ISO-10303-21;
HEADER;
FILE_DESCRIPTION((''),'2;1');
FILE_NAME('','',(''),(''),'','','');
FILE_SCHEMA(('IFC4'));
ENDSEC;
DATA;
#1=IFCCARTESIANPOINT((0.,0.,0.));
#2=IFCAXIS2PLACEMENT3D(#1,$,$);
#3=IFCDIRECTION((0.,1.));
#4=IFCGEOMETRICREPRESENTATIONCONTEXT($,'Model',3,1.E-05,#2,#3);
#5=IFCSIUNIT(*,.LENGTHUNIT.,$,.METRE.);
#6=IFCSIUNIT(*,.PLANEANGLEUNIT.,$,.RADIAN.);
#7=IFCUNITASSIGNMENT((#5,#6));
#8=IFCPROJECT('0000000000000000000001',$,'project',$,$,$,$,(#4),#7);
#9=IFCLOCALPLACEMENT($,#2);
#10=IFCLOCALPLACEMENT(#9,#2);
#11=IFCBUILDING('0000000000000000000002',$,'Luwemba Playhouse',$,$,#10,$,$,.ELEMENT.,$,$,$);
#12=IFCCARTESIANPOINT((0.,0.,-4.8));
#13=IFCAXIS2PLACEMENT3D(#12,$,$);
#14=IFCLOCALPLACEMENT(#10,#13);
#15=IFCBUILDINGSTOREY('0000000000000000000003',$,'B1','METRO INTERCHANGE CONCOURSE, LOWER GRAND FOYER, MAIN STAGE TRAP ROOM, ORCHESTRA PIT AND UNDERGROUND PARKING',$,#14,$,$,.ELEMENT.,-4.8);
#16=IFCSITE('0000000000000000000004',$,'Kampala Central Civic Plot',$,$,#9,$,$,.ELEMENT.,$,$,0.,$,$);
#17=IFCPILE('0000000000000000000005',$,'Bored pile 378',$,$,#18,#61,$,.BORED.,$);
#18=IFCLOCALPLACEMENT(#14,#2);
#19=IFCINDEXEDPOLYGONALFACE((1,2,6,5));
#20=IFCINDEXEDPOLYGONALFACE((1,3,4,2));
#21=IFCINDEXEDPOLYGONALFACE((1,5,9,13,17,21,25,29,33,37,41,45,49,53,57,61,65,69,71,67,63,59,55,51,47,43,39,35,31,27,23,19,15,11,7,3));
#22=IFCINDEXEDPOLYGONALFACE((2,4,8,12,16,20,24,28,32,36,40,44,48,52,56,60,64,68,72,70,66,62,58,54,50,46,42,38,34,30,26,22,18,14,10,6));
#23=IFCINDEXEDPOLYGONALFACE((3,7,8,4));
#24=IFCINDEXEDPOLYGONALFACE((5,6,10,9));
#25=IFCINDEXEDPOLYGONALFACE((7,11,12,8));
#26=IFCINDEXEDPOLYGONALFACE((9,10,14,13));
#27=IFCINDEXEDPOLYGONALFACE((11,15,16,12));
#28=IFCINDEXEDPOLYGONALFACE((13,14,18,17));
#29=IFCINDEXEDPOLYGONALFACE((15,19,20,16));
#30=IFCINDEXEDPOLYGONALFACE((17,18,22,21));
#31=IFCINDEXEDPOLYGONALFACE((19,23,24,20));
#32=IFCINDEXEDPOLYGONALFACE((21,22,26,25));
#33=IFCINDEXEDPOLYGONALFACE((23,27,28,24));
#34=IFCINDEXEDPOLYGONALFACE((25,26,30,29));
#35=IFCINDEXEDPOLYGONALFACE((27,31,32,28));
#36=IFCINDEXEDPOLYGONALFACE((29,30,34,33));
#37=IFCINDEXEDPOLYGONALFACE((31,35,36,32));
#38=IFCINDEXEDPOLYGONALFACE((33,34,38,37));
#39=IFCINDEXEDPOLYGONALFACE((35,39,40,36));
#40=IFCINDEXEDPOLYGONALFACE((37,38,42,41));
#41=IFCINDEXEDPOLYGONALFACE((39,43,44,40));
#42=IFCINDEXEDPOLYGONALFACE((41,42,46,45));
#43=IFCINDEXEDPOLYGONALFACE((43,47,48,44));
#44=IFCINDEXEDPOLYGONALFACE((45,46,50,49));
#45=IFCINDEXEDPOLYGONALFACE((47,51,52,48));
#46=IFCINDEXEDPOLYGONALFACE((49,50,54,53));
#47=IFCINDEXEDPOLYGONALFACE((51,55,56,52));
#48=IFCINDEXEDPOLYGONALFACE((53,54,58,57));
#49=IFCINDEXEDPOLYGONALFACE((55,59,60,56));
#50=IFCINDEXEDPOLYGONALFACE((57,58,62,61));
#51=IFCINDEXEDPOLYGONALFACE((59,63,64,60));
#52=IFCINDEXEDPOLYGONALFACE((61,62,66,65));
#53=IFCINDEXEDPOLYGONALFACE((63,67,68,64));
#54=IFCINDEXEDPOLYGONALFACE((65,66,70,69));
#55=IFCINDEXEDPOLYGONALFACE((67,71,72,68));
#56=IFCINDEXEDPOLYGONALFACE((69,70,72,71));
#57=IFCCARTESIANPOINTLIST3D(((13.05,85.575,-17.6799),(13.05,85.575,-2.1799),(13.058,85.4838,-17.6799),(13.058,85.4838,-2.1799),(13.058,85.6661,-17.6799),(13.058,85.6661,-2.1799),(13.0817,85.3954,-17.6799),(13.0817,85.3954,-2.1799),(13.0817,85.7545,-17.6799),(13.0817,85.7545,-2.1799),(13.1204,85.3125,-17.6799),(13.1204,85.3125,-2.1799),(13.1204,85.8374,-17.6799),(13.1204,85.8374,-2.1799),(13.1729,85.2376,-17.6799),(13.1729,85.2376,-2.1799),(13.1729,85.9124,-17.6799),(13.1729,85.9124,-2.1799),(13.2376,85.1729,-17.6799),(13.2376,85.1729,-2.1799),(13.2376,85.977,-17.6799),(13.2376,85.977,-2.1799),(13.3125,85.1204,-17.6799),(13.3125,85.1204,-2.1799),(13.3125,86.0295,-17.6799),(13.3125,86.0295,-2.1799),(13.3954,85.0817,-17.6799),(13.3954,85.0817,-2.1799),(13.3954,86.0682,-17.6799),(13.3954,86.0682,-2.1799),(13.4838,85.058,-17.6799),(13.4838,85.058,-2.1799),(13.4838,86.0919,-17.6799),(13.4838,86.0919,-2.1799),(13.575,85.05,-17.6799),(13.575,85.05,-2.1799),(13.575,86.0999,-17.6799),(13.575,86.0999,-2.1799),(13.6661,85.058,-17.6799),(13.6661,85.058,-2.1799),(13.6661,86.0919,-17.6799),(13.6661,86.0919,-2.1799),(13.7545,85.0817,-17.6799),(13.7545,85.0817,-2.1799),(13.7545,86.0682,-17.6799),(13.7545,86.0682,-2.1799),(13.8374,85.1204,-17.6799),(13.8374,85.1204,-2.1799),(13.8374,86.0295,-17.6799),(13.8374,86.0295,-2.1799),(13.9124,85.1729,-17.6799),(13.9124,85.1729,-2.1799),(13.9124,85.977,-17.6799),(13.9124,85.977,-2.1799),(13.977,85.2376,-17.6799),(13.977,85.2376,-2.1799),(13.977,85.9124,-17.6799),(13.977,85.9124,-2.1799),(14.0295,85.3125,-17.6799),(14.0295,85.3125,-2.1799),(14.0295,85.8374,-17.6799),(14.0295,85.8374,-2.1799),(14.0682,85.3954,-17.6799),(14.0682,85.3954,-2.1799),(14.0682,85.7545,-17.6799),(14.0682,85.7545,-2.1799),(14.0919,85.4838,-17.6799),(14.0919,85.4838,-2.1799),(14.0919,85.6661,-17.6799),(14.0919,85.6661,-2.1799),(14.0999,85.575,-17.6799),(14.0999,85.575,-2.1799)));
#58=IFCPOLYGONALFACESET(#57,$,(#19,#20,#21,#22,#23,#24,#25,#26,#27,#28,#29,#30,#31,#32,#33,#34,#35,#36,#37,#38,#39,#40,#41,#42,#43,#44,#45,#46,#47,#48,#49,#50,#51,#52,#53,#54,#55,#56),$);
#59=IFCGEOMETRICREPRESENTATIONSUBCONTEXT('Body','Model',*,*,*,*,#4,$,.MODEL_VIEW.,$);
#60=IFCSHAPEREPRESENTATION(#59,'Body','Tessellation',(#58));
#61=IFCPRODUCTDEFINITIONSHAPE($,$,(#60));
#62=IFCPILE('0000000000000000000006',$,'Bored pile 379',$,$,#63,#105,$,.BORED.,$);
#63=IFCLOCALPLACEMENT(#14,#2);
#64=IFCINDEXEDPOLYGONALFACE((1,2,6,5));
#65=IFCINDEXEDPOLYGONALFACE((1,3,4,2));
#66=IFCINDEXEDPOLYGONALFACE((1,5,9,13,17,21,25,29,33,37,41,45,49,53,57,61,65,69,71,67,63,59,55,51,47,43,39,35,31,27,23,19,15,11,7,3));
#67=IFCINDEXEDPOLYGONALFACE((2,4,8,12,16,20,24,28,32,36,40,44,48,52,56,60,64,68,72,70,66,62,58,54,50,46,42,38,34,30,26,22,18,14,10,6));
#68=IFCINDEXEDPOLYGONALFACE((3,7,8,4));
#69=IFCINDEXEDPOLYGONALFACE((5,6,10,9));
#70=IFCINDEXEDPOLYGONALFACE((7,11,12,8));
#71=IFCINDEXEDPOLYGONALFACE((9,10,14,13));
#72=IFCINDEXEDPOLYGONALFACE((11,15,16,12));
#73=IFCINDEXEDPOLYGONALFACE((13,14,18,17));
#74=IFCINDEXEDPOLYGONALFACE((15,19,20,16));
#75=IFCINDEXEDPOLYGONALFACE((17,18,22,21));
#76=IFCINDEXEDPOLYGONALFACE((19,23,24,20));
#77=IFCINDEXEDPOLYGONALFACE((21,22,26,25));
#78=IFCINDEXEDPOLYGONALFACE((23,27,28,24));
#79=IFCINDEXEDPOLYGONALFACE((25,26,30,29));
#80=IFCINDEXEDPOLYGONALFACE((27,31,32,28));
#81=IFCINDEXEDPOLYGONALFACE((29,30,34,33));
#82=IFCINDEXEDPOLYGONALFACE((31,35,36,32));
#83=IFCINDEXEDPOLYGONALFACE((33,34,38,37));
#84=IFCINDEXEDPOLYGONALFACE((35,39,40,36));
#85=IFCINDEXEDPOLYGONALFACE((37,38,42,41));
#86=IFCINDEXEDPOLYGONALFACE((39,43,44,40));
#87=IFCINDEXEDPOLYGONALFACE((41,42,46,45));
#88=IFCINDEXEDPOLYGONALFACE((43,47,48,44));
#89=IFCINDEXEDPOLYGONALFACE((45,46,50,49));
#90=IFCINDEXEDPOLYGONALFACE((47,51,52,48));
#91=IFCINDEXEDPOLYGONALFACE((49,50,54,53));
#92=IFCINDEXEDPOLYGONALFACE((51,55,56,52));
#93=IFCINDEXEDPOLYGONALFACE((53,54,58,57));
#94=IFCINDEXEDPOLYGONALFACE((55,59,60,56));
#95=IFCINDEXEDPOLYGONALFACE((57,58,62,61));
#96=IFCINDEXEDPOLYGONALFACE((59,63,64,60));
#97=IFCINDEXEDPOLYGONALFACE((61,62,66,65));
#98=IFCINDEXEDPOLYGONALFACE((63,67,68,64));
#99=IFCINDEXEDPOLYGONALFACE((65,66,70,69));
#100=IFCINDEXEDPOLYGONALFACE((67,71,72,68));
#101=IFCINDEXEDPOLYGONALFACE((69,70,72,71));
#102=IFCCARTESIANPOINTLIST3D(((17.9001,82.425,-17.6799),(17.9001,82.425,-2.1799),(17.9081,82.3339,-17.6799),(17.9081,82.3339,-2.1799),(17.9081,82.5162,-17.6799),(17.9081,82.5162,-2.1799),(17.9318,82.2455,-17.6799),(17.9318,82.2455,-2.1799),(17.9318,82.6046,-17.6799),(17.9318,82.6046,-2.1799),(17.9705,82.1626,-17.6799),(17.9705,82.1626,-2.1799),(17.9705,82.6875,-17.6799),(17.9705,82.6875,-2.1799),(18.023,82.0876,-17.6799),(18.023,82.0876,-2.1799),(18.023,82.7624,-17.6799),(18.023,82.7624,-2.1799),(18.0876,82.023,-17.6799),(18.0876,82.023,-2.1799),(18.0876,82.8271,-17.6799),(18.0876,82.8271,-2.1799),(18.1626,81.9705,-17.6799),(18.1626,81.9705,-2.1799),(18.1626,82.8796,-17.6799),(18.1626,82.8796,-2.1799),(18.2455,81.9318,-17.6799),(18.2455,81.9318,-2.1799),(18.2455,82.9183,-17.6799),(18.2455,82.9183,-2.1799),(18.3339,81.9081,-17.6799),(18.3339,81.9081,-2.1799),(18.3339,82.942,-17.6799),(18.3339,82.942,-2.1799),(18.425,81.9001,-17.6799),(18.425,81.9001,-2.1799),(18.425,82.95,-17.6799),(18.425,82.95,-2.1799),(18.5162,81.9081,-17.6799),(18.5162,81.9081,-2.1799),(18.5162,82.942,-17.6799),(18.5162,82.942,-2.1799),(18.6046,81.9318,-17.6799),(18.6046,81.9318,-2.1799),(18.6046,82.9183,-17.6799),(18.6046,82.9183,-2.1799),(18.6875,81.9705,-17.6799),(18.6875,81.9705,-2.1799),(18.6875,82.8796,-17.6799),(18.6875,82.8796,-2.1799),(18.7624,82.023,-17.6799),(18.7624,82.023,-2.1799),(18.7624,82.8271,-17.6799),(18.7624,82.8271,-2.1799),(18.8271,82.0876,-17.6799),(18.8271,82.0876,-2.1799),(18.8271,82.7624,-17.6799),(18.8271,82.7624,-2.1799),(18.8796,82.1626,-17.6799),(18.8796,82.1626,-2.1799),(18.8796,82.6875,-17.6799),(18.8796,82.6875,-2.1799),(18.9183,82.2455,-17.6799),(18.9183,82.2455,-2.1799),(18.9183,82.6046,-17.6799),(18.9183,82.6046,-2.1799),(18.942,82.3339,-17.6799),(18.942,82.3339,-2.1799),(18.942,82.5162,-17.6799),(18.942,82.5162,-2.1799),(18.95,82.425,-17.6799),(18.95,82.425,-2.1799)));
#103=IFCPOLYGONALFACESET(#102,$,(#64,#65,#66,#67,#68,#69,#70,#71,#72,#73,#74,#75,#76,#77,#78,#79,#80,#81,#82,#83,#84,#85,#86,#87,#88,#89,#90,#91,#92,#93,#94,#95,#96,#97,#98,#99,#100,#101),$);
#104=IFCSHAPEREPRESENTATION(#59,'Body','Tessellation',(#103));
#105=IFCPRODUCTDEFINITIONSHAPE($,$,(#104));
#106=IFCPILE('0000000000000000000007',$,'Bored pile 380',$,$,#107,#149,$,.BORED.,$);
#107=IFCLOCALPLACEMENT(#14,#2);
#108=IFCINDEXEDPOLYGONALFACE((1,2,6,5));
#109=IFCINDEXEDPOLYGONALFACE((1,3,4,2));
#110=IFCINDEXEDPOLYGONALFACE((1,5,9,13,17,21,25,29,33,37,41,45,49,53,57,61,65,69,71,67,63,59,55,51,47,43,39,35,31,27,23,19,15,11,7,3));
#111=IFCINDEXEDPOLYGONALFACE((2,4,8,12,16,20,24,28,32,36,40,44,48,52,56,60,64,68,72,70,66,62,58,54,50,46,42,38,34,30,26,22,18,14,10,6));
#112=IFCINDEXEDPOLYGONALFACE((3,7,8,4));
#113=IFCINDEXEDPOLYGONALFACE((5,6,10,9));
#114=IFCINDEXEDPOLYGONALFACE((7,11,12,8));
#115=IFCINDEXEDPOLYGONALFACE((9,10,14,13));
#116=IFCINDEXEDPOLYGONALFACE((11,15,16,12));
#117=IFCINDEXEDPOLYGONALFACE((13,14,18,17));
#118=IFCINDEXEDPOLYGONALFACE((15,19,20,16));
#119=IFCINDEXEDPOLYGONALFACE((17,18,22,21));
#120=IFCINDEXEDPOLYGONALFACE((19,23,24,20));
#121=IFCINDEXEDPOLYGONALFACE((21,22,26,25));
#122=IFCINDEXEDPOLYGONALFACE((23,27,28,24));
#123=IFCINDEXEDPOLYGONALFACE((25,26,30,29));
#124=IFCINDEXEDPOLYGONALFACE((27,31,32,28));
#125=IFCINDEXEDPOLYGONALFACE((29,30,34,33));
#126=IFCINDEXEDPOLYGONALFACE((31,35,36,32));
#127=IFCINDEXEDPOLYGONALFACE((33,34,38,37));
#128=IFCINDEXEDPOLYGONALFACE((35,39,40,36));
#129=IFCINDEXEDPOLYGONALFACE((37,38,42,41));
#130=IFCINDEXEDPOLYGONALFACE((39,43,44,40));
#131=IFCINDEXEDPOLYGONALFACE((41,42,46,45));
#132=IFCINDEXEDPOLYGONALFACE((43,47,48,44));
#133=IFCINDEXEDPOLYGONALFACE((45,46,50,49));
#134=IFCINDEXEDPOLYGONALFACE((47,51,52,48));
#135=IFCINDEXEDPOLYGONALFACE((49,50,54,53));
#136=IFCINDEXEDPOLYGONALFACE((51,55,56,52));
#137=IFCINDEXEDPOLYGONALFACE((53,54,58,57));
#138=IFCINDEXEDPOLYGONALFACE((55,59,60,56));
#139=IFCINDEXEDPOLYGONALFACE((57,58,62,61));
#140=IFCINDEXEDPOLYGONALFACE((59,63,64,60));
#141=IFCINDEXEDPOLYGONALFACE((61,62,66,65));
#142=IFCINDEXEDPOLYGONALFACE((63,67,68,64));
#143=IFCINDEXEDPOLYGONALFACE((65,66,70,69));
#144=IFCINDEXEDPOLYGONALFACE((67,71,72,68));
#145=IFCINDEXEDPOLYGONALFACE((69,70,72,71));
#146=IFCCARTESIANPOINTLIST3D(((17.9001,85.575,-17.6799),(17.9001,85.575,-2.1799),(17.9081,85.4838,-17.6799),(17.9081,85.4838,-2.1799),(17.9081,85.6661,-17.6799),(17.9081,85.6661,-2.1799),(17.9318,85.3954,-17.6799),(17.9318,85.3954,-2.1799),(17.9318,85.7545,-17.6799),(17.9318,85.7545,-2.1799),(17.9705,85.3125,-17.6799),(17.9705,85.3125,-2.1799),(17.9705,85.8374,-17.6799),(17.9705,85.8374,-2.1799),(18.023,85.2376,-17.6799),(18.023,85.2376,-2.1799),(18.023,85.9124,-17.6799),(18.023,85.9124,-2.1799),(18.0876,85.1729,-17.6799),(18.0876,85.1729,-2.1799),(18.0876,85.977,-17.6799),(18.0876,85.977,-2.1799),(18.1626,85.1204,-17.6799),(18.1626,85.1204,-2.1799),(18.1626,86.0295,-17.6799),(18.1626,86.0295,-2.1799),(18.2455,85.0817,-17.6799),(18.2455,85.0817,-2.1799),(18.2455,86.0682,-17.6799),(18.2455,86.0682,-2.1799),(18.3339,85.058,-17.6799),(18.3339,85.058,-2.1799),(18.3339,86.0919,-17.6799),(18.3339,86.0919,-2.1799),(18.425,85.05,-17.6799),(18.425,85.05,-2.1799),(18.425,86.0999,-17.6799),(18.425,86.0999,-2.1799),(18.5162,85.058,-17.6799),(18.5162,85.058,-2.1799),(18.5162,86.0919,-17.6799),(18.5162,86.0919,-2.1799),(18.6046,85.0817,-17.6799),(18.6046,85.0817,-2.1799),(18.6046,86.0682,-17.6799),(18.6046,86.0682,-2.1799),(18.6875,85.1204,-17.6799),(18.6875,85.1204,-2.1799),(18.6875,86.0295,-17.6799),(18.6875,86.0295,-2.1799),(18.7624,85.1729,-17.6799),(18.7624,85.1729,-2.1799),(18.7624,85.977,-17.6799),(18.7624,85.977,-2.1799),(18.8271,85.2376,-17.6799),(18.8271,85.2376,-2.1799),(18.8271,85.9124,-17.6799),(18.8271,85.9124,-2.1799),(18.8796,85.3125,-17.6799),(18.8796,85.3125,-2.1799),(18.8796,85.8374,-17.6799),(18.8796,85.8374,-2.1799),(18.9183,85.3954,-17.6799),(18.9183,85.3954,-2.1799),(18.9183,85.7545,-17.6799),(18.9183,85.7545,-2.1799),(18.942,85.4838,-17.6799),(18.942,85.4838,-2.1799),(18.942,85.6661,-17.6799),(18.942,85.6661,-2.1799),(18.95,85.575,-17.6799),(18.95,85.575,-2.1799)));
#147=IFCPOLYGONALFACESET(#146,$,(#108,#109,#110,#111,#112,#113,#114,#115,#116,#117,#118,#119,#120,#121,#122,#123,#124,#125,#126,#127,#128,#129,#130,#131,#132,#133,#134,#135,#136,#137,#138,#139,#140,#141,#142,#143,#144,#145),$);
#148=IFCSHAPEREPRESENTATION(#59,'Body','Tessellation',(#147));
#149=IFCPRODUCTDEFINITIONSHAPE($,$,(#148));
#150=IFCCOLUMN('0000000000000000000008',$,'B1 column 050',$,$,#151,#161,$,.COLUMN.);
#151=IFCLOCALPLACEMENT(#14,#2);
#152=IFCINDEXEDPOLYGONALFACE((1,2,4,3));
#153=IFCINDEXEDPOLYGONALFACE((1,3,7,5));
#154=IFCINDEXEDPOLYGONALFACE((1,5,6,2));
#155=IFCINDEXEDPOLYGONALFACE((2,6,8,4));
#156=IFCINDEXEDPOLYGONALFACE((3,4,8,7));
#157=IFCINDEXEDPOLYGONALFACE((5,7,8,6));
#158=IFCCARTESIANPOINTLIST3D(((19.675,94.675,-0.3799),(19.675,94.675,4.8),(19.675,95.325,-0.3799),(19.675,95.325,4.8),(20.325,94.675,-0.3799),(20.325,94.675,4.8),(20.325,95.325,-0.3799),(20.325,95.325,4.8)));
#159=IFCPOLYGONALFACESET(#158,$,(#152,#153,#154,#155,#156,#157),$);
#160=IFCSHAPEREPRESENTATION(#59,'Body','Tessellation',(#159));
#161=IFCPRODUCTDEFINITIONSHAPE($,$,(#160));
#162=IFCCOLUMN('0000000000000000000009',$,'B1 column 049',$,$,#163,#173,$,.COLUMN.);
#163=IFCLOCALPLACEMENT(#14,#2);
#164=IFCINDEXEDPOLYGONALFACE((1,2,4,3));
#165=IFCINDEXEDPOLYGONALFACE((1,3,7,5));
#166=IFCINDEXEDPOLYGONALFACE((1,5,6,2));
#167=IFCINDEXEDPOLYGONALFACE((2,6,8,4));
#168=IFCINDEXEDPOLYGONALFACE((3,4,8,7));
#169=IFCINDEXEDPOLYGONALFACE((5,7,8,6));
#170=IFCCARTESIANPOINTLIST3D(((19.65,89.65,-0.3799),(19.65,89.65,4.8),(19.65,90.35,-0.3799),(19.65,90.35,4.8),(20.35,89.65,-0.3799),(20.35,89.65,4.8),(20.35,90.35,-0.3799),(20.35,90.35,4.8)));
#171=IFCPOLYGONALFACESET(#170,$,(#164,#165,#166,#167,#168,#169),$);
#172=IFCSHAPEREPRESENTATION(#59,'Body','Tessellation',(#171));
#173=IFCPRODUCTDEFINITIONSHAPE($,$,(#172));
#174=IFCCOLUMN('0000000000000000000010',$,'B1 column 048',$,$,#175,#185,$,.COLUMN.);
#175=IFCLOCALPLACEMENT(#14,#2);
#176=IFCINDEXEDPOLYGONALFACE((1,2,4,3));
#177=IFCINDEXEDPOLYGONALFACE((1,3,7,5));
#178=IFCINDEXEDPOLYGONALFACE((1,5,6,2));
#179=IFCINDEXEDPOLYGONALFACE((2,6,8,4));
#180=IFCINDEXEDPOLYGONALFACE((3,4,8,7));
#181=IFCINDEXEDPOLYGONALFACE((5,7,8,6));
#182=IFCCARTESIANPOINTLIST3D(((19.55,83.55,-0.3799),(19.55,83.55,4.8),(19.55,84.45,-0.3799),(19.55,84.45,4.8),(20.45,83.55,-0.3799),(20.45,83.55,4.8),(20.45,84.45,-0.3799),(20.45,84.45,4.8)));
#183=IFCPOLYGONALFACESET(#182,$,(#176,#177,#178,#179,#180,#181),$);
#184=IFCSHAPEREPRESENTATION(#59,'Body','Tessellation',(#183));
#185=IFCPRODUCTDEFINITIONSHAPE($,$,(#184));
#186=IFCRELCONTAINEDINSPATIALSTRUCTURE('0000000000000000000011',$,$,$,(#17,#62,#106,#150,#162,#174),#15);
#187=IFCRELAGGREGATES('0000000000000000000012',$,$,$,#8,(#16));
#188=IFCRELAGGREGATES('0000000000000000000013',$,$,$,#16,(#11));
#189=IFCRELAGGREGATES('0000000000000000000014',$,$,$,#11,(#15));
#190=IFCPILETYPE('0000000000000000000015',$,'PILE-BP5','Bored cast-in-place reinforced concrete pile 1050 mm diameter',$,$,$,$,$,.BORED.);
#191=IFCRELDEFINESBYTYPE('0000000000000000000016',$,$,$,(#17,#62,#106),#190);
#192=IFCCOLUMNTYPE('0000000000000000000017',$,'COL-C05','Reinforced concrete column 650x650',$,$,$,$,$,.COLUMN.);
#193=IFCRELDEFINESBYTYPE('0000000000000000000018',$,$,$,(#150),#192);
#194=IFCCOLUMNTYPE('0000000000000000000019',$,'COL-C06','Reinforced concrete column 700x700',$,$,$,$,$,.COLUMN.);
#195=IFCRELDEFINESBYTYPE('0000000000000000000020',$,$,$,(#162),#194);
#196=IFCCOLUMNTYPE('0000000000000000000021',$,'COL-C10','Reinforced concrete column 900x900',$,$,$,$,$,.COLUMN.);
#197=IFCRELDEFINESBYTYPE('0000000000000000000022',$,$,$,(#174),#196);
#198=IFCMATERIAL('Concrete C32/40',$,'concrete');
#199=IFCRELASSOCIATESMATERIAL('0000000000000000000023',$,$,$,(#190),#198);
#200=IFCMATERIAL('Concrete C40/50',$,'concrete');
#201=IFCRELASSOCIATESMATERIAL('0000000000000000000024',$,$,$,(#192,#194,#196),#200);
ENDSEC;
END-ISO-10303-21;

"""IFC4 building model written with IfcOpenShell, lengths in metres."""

from ifc_helpers import new_model, si_unit, direction, frame, origin, origin_2d, place, context, subcontext, project, spatial, rectangle, circle, extrude, material, material_profile, profile_set, type_object, element, save


model = new_model("IFC4")

# Units and contexts
model_context = context("Model", 3, precision=1e-05, world=origin(), true_north=direction((0.0, 1.0)))
body_context = subcontext(model_context, "Body", "Model", "MODEL_VIEW")
ifc_project = project(units=[si_unit("LENGTHUNIT", "METRE"), si_unit("PLANEANGLEUNIT", "RADIAN")], contexts=[model_context])

# Site, building, storey
site_placement = place(None, origin())
site = spatial("IfcSite", under=ifc_project, at=site_placement, Name="Kampala Central Civic Plot", CompositionType="ELEMENT", RefElevation=0.0)
building_placement = place(site_placement, origin())
building = spatial("IfcBuilding", under=site, at=building_placement, Name="Luwemba Playhouse", CompositionType="ELEMENT")
storey_placement = place(building_placement, frame((0.0, 0.0, -4.8)))
storey = spatial("IfcBuildingStorey", under=building, at=storey_placement, Name="B1", Description="METRO INTERCHANGE CONCOURSE, LOWER GRAND FOYER, MAIN STAGE TRAP ROOM, ORCHESTRA PIT AND UNDERGROUND PARKING", CompositionType="ELEMENT", Elevation=-4.8)

# Shared definitions
ifc_material_1 = material(Name="Concrete C32/40", Category="concrete")

# Piles
ifc_material_profile_1 = material_profile(ifc_material_1, circle(Radius=0.5249, at=origin_2d()))
ifc_profile_set_1 = profile_set([ifc_material_profile_1], Name="Concrete C32/40")
pile_type_1 = type_object("IfcPileType", Name="PILE-BP5", Description="Bored cast-in-place reinforced concrete pile 1050 mm diameter", PredefinedType="BORED", material=ifc_profile_set_1)
for number, where, z_axis, x_axis, name in (
    (1, (13.575, 85.575, -2.1799), (0.0, 0.0, -1.0), (1.0, 0.0, 0.0), "Bored pile 378"),
    (2, (18.425, 82.425, -2.1799), (0.0, 0.0, -1.0), (1.0, 0.0, 0.0), "Bored pile 379"),
    (3, (18.425, 85.575, -2.1799), (0.0, 0.0, -1.0), (1.0, 0.0, 0.0), "Bored pile 380"),
):
    element("IfcPile", number, at=place(storey_placement, frame(where, z_axis=z_axis, x_axis=x_axis)), inside=storey, type_object=pile_type_1, Name=name, PredefinedType="BORED", context=body_context, shape_type="SweptSolid", body=[
        extrude(circle(Radius=0.5249, at=origin_2d()), origin(), (0.0, 0.0, 1.0), 15.5),
    ])

# Columns
ifc_material_2 = material(Name="Concrete C40/50", Category="concrete")
ifc_material_profile_2 = material_profile(ifc_material_2, rectangle(XDim=0.6499, YDim=0.6499, at=origin_2d()))
ifc_profile_set_2 = profile_set([ifc_material_profile_2], Name="Concrete C40/50")
column_type_1 = type_object("IfcColumnType", Name="COL-C05", Description="Reinforced concrete column 650x650", PredefinedType="COLUMN", material=ifc_profile_set_2)
column_1_placement = place(storey_placement, frame((20.0, 95.0, -0.3799), z_axis=(0.0, 0.0, 1.0), x_axis=(1.0, 0.0, 0.0)))
element("IfcColumn", 4, at=column_1_placement, inside=storey, type_object=column_type_1, Name="B1 column 050", PredefinedType="COLUMN", context=body_context, shape_type="SweptSolid", body=[
    extrude(rectangle(XDim=0.6499, YDim=0.6499, at=origin_2d()), origin(), (0.0, 0.0, 1.0), 5.1799),
])
ifc_material_profile_3 = material_profile(ifc_material_2, rectangle(XDim=0.7, YDim=0.7, at=origin_2d()))
ifc_profile_set_3 = profile_set([ifc_material_profile_3], Name="Concrete C40/50")
column_type_2 = type_object("IfcColumnType", Name="COL-C06", Description="Reinforced concrete column 700x700", PredefinedType="COLUMN", material=ifc_profile_set_3)
column_2_placement = place(storey_placement, frame((20.0, 90.0, -0.3799), z_axis=(0.0, 0.0, 1.0), x_axis=(1.0, 0.0, 0.0)))
element("IfcColumn", 5, at=column_2_placement, inside=storey, type_object=column_type_2, Name="B1 column 049", PredefinedType="COLUMN", context=body_context, shape_type="SweptSolid", body=[
    extrude(rectangle(XDim=0.7, YDim=0.7, at=origin_2d()), origin(), (0.0, 0.0, 1.0), 5.1799),
])
ifc_material_profile_4 = material_profile(ifc_material_2, rectangle(XDim=0.8999, YDim=0.8999, at=origin_2d()))
ifc_profile_set_4 = profile_set([ifc_material_profile_4], Name="Concrete C40/50")
column_type_3 = type_object("IfcColumnType", Name="COL-C10", Description="Reinforced concrete column 900x900", PredefinedType="COLUMN", material=ifc_profile_set_4)
column_3_placement = place(storey_placement, frame((20.0, 84.0, -0.3799), z_axis=(0.0, 0.0, 1.0), x_axis=(1.0, 0.0, 0.0)))
element("IfcColumn", 6, at=column_3_placement, inside=storey, type_object=column_type_3, Name="B1 column 048", PredefinedType="COLUMN", context=body_context, shape_type="SweptSolid", body=[
    extrude(rectangle(XDim=0.8999, YDim=0.8999, at=origin_2d()), origin(), (0.0, 0.0, 1.0), 5.1799),
])

save(model, "model.ifc")
